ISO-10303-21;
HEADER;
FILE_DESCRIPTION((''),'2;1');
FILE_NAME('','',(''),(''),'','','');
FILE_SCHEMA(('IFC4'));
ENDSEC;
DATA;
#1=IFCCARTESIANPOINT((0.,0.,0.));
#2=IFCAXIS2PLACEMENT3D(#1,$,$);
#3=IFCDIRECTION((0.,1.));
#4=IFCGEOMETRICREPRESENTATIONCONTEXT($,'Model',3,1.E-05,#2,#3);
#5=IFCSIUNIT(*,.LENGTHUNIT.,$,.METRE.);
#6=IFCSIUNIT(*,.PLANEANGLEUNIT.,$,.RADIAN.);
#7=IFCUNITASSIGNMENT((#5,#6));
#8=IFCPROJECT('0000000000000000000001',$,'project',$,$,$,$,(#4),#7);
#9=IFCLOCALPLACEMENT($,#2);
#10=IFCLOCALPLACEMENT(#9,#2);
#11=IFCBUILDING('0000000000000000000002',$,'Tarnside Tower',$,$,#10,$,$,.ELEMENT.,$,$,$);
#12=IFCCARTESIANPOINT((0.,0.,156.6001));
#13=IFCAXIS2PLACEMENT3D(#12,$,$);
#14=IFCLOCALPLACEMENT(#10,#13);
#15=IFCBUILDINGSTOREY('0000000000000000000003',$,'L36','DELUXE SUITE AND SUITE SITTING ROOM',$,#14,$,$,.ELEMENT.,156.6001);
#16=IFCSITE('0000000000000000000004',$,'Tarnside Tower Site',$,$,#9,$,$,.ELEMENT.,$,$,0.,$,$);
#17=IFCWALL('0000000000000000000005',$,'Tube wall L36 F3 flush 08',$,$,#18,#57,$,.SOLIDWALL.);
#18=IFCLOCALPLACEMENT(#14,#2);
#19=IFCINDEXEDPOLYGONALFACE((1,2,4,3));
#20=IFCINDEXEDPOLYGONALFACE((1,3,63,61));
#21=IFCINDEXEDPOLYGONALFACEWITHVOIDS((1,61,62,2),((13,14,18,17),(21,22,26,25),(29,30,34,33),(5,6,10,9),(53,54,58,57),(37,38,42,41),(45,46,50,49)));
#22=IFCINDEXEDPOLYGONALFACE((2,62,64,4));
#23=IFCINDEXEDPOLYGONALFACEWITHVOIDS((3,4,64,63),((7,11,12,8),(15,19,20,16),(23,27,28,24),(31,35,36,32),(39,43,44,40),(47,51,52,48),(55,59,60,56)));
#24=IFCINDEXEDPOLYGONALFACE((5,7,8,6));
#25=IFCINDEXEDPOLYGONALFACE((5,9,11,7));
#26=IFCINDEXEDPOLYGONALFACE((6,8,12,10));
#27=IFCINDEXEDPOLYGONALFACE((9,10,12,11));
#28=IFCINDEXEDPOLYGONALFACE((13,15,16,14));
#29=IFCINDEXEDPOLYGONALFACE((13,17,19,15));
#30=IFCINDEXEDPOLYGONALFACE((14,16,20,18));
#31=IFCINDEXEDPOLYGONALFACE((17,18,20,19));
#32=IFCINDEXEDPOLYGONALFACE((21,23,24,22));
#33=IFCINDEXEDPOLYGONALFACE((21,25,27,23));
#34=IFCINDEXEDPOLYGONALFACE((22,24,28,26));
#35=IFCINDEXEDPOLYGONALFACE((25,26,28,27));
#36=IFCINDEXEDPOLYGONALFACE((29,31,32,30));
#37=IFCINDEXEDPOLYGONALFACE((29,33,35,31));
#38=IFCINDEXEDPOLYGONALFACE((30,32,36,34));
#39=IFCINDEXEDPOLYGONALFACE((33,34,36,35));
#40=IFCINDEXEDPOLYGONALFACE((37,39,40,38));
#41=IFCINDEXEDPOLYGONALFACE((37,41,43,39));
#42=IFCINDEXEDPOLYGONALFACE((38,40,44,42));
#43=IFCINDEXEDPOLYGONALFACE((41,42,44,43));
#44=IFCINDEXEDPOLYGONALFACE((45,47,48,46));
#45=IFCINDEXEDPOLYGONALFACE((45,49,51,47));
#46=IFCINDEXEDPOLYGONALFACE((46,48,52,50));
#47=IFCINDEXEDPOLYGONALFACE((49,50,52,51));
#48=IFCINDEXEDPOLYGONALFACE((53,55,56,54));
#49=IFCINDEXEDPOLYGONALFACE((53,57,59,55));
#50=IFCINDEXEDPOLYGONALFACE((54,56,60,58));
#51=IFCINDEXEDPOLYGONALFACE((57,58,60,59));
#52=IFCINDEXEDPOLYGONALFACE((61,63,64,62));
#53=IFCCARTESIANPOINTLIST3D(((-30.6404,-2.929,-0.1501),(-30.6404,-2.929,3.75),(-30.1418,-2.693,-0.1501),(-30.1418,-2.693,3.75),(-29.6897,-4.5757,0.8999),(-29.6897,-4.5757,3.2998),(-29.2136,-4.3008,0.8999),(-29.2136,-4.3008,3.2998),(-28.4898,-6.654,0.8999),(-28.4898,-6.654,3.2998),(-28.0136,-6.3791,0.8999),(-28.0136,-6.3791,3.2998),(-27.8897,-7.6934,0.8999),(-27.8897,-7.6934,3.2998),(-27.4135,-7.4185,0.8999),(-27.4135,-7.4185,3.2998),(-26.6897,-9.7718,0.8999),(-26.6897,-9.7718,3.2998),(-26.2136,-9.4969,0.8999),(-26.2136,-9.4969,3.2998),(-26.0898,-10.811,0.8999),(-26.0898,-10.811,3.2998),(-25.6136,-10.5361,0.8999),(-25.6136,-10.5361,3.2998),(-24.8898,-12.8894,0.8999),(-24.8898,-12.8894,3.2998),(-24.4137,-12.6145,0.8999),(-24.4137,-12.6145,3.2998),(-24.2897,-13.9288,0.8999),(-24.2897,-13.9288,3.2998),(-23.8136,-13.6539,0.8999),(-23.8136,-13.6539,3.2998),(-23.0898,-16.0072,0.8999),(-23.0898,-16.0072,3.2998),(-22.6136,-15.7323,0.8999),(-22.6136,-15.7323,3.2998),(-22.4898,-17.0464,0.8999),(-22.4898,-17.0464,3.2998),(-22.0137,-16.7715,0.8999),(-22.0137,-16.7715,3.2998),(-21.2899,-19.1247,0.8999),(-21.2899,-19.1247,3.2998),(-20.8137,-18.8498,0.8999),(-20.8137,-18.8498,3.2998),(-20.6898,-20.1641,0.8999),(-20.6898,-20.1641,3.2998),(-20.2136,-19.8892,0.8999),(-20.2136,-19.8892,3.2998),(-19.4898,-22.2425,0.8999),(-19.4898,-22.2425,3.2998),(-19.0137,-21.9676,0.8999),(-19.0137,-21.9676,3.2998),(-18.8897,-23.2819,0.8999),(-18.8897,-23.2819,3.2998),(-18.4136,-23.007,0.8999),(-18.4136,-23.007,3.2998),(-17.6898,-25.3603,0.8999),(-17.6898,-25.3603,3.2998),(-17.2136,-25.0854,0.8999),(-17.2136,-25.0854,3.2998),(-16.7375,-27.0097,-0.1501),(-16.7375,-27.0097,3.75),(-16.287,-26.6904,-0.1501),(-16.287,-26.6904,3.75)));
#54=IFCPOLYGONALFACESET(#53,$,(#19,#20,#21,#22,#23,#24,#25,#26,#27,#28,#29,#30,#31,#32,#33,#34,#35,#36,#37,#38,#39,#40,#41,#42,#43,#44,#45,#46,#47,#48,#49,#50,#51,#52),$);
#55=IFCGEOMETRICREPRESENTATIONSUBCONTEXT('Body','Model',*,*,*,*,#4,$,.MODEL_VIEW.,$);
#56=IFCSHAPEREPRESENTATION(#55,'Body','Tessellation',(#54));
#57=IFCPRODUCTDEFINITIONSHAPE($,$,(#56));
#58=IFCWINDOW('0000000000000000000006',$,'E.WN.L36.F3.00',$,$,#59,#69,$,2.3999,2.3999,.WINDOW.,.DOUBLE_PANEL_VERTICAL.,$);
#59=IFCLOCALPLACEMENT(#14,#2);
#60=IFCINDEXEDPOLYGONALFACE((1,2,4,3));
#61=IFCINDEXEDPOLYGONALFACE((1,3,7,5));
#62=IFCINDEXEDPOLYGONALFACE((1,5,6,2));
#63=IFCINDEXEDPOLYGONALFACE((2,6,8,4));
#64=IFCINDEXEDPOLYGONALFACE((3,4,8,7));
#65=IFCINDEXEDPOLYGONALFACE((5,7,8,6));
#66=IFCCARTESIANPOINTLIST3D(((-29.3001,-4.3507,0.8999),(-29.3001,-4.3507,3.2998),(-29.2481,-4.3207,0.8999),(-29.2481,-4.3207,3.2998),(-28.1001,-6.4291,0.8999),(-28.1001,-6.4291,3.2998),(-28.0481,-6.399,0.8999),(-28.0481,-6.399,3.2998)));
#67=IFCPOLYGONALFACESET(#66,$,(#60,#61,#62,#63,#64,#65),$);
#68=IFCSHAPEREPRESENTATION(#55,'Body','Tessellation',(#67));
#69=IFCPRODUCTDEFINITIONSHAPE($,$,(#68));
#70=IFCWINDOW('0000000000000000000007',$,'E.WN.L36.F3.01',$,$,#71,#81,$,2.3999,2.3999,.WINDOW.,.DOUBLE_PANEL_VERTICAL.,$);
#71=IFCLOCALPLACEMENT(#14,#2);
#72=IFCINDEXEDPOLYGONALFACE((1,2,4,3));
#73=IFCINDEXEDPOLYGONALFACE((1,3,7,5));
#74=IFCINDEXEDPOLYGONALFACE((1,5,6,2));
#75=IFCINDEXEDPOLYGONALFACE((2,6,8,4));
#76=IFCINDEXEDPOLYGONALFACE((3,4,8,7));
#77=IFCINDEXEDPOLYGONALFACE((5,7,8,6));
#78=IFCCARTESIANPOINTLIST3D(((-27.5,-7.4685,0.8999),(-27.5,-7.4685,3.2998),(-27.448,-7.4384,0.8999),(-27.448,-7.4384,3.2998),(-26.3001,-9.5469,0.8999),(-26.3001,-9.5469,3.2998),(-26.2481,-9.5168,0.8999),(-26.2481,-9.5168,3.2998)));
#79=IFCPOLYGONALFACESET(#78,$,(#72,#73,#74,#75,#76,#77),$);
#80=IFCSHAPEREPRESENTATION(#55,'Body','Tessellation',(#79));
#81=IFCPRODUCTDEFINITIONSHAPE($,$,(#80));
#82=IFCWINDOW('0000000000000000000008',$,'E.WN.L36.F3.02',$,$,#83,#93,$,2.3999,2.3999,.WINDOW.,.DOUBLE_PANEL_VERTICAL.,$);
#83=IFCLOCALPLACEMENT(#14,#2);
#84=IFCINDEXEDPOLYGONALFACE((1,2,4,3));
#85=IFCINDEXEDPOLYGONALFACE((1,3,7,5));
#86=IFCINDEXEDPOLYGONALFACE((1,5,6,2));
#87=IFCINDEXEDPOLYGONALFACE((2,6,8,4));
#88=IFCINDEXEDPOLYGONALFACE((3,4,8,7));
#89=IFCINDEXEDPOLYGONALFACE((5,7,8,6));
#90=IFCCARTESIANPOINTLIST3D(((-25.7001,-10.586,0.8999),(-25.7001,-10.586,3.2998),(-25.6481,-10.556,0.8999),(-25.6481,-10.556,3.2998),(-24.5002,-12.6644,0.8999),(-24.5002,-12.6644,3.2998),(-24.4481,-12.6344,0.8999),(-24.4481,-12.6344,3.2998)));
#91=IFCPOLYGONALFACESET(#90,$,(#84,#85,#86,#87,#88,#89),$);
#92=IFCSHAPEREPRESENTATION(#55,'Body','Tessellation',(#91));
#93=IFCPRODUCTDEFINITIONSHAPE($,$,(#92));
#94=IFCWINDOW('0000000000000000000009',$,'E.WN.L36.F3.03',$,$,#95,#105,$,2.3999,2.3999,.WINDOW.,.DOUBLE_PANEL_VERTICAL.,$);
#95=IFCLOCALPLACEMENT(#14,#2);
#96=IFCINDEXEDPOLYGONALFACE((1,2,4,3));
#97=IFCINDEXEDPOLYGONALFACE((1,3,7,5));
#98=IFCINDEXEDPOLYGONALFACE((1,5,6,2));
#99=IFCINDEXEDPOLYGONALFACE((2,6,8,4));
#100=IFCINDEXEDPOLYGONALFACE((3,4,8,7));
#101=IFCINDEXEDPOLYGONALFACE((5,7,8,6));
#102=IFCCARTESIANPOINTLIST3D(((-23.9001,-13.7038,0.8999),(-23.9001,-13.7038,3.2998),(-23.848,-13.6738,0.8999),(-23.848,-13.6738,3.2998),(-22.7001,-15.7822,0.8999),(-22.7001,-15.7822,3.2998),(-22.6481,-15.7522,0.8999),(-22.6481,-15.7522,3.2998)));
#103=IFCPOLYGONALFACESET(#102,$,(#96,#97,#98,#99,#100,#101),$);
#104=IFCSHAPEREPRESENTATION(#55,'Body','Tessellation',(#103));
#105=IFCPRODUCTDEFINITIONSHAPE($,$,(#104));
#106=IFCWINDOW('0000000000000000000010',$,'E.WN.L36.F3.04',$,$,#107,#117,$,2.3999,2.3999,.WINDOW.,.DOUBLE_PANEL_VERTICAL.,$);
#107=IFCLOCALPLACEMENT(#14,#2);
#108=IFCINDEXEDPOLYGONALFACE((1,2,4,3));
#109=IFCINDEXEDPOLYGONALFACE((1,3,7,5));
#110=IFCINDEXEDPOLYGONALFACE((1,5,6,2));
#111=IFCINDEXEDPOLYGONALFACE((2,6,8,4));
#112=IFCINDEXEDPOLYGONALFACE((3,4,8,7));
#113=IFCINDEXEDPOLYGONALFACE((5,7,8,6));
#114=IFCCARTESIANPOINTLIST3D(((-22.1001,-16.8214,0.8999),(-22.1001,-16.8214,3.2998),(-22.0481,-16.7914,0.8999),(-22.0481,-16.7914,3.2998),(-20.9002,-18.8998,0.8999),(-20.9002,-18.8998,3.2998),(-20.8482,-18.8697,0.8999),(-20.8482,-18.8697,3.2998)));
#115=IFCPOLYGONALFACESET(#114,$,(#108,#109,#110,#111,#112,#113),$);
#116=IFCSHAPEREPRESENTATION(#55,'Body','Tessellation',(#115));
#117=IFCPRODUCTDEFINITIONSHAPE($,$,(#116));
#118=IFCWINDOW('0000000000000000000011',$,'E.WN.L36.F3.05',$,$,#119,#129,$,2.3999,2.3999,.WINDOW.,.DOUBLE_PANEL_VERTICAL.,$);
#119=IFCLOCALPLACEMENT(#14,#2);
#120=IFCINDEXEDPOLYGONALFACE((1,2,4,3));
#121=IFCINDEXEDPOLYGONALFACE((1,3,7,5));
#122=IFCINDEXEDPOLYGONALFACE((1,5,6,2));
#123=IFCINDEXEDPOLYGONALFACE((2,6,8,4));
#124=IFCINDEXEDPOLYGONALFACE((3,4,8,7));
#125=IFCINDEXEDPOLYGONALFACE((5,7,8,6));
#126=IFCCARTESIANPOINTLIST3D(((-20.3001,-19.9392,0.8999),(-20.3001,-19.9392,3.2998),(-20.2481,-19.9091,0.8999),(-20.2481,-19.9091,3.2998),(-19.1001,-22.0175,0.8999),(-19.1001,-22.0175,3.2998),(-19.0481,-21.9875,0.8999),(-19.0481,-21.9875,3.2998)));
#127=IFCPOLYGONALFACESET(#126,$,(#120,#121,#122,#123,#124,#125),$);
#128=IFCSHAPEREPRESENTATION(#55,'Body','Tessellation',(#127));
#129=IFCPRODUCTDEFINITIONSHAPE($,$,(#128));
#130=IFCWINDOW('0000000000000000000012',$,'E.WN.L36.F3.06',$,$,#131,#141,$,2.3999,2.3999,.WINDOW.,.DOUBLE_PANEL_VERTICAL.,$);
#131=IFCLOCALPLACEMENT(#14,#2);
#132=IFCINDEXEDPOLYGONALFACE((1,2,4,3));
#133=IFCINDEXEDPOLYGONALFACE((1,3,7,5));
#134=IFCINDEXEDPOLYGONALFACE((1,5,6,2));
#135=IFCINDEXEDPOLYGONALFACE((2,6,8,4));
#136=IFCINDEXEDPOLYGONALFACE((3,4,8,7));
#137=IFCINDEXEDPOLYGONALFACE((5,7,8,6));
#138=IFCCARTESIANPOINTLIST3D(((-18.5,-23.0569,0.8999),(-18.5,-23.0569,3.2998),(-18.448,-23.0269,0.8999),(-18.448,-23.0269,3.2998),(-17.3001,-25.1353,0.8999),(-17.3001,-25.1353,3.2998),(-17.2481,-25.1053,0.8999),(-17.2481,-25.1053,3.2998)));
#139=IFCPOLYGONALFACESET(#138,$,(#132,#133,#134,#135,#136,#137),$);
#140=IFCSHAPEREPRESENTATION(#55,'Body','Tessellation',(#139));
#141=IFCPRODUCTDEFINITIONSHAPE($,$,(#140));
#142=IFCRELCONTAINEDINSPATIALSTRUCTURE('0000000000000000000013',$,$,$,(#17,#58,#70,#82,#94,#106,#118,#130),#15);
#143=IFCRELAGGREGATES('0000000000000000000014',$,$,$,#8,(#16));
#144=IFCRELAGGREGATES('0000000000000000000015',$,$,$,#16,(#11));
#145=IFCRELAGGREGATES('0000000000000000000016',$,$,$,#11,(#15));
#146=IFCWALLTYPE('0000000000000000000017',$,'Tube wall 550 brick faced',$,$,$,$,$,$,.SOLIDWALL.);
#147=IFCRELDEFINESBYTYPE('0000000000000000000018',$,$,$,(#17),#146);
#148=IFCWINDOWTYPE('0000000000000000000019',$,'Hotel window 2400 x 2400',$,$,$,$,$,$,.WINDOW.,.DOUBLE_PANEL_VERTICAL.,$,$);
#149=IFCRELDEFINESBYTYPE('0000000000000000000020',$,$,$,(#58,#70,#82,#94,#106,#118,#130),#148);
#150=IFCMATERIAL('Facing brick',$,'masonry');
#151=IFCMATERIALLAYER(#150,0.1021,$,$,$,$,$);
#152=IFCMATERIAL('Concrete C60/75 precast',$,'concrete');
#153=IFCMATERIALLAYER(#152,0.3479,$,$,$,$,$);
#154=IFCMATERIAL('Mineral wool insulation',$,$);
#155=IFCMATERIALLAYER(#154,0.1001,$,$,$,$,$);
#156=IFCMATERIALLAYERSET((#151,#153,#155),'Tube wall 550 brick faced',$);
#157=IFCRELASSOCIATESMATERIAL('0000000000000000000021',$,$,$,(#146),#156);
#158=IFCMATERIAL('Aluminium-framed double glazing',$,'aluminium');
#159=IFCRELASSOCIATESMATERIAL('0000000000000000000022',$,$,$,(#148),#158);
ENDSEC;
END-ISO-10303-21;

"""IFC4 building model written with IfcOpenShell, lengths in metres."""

from ifc_helpers import new_model, si_unit, direction, frame, frame_2d, origin, place, context, subcontext, project, spatial, polyline, rectangle, outline, extrude, material, layer, layer_set, type_object, element, fill, save


model = new_model("IFC4")

# Units and contexts
model_context = context("Model", 3, precision=1e-05, world=origin(), true_north=direction((0.0, 1.0)))
body_context = subcontext(model_context, "Body", "Model", "MODEL_VIEW")
ifc_project = project(units=[si_unit("LENGTHUNIT", "METRE"), si_unit("PLANEANGLEUNIT", "RADIAN")], contexts=[model_context])

# Site, building, storey
site_placement = place(None, origin())
site = spatial("IfcSite", under=ifc_project, at=site_placement, Name="Tarnside Tower Site", CompositionType="ELEMENT", RefElevation=0.0)
building_placement = place(site_placement, origin())
building = spatial("IfcBuilding", under=site, at=building_placement, Name="Tarnside Tower", CompositionType="ELEMENT")
storey_placement = place(building_placement, frame((0.0, 0.0, 156.6001)))
storey = spatial("IfcBuildingStorey", under=building, at=storey_placement, Name="L36", Description="DELUXE SUITE AND SUITE SITTING ROOM", CompositionType="ELEMENT", Elevation=156.6001)

# Shared definitions
ifc_material_1 = material(Name="Facing brick", Category="masonry")
ifc_layer_1 = layer(ifc_material_1, 0.1021)
ifc_material_2 = material(Name="Concrete C60/75 precast", Category="concrete")
ifc_layer_2 = layer(ifc_material_2, 0.3479)
ifc_material_3 = material(Name="Mineral wool insulation")
ifc_layer_3 = layer(ifc_material_3, 0.1001)
ifc_layer_set_1 = layer_set([ifc_layer_1, ifc_layer_2, ifc_layer_3], Name="Tube wall 550 brick faced")
wall_type_1 = type_object("IfcWallType", Name="Tube wall 550 brick faced", PredefinedType="SOLIDWALL", material=ifc_layer_set_1)

# Wall, openings, windows
wall_1_placement = place(storey_placement, frame((-30.3911, -2.811, -0.1501), z_axis=(0.0, 0.0, 1.0), x_axis=(0.499999, -0.866026, 0.0)))
wall_1 = element("IfcWall", 1, at=wall_1_placement, inside=storey, type_object=wall_type_1, Name="Tube wall L36 F3 flush 08", PredefinedType="SOLIDWALL", context=body_context, shape_type="SweptSolid", body=[
    extrude(outline(polyline([(-0.0225, -0.2749), (27.7834, -0.2749), (27.7322, 0.2749), (0.0225, 0.2749), (-0.0225, -0.2749)])), origin(), (0.0, 0.0, 1.0), 3.9001),
])
opening_1_placement = place(wall_1_placement, frame((1.8789, 0.0, 1.05)))
opening_1 = element("IfcOpeningElement", 2, at=opening_1_placement, cuts=wall_1, PredefinedType="OPENING", context=body_context, shape_type="SweptSolid", body=[
    extrude(rectangle(XDim=2.3999, YDim=2.3999, at=frame_2d((1.2, 1.2))), frame((0.0, 0.2852, 0.0), z_axis=(0.0, -1.0, 0.0), x_axis=(1.0, 0.0, 0.0)), (0.0, 0.0, 1.0), 0.5701),
])
opening_2_placement = place(wall_1_placement, frame((5.479, 0.0, 1.05)))
opening_2 = element("IfcOpeningElement", 3, at=opening_2_placement, cuts=wall_1, PredefinedType="OPENING", context=body_context, shape_type="SweptSolid", body=[
    extrude(rectangle(XDim=2.3999, YDim=2.3999, at=frame_2d((1.2, 1.2))), frame((0.0, 0.2852, 0.0), z_axis=(0.0, -1.0, 0.0), x_axis=(1.0, 0.0, 0.0)), (0.0, 0.0, 1.0), 0.5701),
])
opening_3_placement = place(wall_1_placement, frame((9.0789, 0.0, 1.05)))
opening_3 = element("IfcOpeningElement", 4, at=opening_3_placement, cuts=wall_1, PredefinedType="OPENING", context=body_context, shape_type="SweptSolid", body=[
    extrude(rectangle(XDim=2.3999, YDim=2.3999, at=frame_2d((1.2, 1.2))), frame((0.0, 0.2852, 0.0), z_axis=(0.0, -1.0, 0.0), x_axis=(1.0, 0.0, 0.0)), (0.0, 0.0, 1.0), 0.5701),
])
opening_4_placement = place(wall_1_placement, frame((12.679, 0.0, 1.05)))
opening_4 = element("IfcOpeningElement", 5, at=opening_4_placement, cuts=wall_1, PredefinedType="OPENING", context=body_context, shape_type="SweptSolid", body=[
    extrude(rectangle(XDim=2.3999, YDim=2.3999, at=frame_2d((1.2, 1.2))), frame((0.0, 0.2852, 0.0), z_axis=(0.0, -1.0, 0.0), x_axis=(1.0, 0.0, 0.0)), (0.0, 0.0, 1.0), 0.5701),
])
opening_5_placement = place(wall_1_placement, frame((16.2788, 0.0, 1.05)))
opening_5 = element("IfcOpeningElement", 6, at=opening_5_placement, cuts=wall_1, PredefinedType="OPENING", context=body_context, shape_type="SweptSolid", body=[
    extrude(rectangle(XDim=2.3999, YDim=2.3999, at=frame_2d((1.2, 1.2))), frame((0.0, 0.2852, 0.0), z_axis=(0.0, -1.0, 0.0), x_axis=(1.0, 0.0, 0.0)), (0.0, 0.0, 1.0), 0.5701),
])
opening_6_placement = place(wall_1_placement, frame((19.8789, 0.0, 1.05)))
opening_6 = element("IfcOpeningElement", 7, at=opening_6_placement, cuts=wall_1, PredefinedType="OPENING", context=body_context, shape_type="SweptSolid", body=[
    extrude(rectangle(XDim=2.3999, YDim=2.3999, at=frame_2d((1.2, 1.2))), frame((0.0, 0.2852, 0.0), z_axis=(0.0, -1.0, 0.0), x_axis=(1.0, 0.0, 0.0)), (0.0, 0.0, 1.0), 0.5701),
])
opening_7_placement = place(wall_1_placement, frame((23.479, 0.0, 1.05)))
opening_7 = element("IfcOpeningElement", 8, at=opening_7_placement, cuts=wall_1, PredefinedType="OPENING", context=body_context, shape_type="SweptSolid", body=[
    extrude(rectangle(XDim=2.3999, YDim=2.3999, at=frame_2d((1.2, 1.2))), frame((0.0, 0.2852, 0.0), z_axis=(0.0, -1.0, 0.0), x_axis=(1.0, 0.0, 0.0)), (0.0, 0.0, 1.0), 0.5701),
])
ifc_material_4 = material(Name="Aluminium-framed double glazing", Category="aluminium")
window_type = type_object("IfcWindowType", Name="Hotel window 2400 x 2400", PartitioningType="DOUBLE_PANEL_VERTICAL", PredefinedType="WINDOW", material=ifc_material_4)
window_1_placement = place(opening_1_placement, frame((0.0, 0.2051, 0.0)))
window_1 = element("IfcWindow", 9, at=window_1_placement, inside=storey, type_object=window_type, Name="E.WN.L36.F3.00", OverallHeight=2.3999, OverallWidth=2.3999, PartitioningType="DOUBLE_PANEL_VERTICAL", PredefinedType="WINDOW", context=body_context, shape_type="SweptSolid", body=[
    extrude(rectangle(XDim=2.3999, YDim=2.3999, at=frame_2d((1.2, 1.2))), frame((0.0, 0.03, 0.0), z_axis=(0.0, -1.0, 0.0), x_axis=(1.0, 0.0, 0.0)), (0.0, 0.0, 1.0), 0.0601),
])
fill(opening_1, window_1)
window_2_placement = place(opening_2_placement, frame((0.0, 0.2051, 0.0)))
window_2 = element("IfcWindow", 10, at=window_2_placement, inside=storey, type_object=window_type, Name="E.WN.L36.F3.01", OverallHeight=2.3999, OverallWidth=2.3999, PartitioningType="DOUBLE_PANEL_VERTICAL", PredefinedType="WINDOW", context=body_context, shape_type="SweptSolid", body=[
    extrude(rectangle(XDim=2.3999, YDim=2.3999, at=frame_2d((1.2, 1.2))), frame((0.0, 0.03, 0.0), z_axis=(0.0, -1.0, 0.0), x_axis=(1.0, 0.0, 0.0)), (0.0, 0.0, 1.0), 0.0601),
])
fill(opening_2, window_2)
window_3_placement = place(opening_3_placement, frame((0.0, 0.2051, 0.0)))
window_3 = element("IfcWindow", 11, at=window_3_placement, inside=storey, type_object=window_type, Name="E.WN.L36.F3.02", OverallHeight=2.3999, OverallWidth=2.3999, PartitioningType="DOUBLE_PANEL_VERTICAL", PredefinedType="WINDOW", context=body_context, shape_type="SweptSolid", body=[
    extrude(rectangle(XDim=2.3999, YDim=2.3999, at=frame_2d((1.2, 1.2))), frame((0.0, 0.03, 0.0), z_axis=(0.0, -1.0, 0.0), x_axis=(1.0, 0.0, 0.0)), (0.0, 0.0, 1.0), 0.0601),
])
fill(opening_3, window_3)
window_4_placement = place(opening_4_placement, frame((0.0, 0.2051, 0.0)))
window_4 = element("IfcWindow", 12, at=window_4_placement, inside=storey, type_object=window_type, Name="E.WN.L36.F3.03", OverallHeight=2.3999, OverallWidth=2.3999, PartitioningType="DOUBLE_PANEL_VERTICAL", PredefinedType="WINDOW", context=body_context, shape_type="SweptSolid", body=[
    extrude(rectangle(XDim=2.3999, YDim=2.3999, at=frame_2d((1.2, 1.2))), frame((0.0, 0.03, 0.0), z_axis=(0.0, -1.0, 0.0), x_axis=(1.0, 0.0, 0.0)), (0.0, 0.0, 1.0), 0.0601),
])
fill(opening_4, window_4)
window_5_placement = place(opening_5_placement, frame((0.0, 0.2051, 0.0)))
window_5 = element("IfcWindow", 13, at=window_5_placement, inside=storey, type_object=window_type, Name="E.WN.L36.F3.04", OverallHeight=2.3999, OverallWidth=2.3999, PartitioningType="DOUBLE_PANEL_VERTICAL", PredefinedType="WINDOW", context=body_context, shape_type="SweptSolid", body=[
    extrude(rectangle(XDim=2.3999, YDim=2.3999, at=frame_2d((1.2, 1.2))), frame((0.0, 0.03, 0.0), z_axis=(0.0, -1.0, 0.0), x_axis=(1.0, 0.0, 0.0)), (0.0, 0.0, 1.0), 0.0601),
])
fill(opening_5, window_5)
window_6_placement = place(opening_6_placement, frame((0.0, 0.2051, 0.0)))
window_6 = element("IfcWindow", 14, at=window_6_placement, inside=storey, type_object=window_type, Name="E.WN.L36.F3.05", OverallHeight=2.3999, OverallWidth=2.3999, PartitioningType="DOUBLE_PANEL_VERTICAL", PredefinedType="WINDOW", context=body_context, shape_type="SweptSolid", body=[
    extrude(rectangle(XDim=2.3999, YDim=2.3999, at=frame_2d((1.2, 1.2))), frame((0.0, 0.03, 0.0), z_axis=(0.0, -1.0, 0.0), x_axis=(1.0, 0.0, 0.0)), (0.0, 0.0, 1.0), 0.0601),
])
fill(opening_6, window_6)
window_7_placement = place(opening_7_placement, frame((0.0, 0.2051, 0.0)))
window_7 = element("IfcWindow", 15, at=window_7_placement, inside=storey, type_object=window_type, Name="E.WN.L36.F3.06", OverallHeight=2.3999, OverallWidth=2.3999, PartitioningType="DOUBLE_PANEL_VERTICAL", PredefinedType="WINDOW", context=body_context, shape_type="SweptSolid", body=[
    extrude(rectangle(XDim=2.3999, YDim=2.3999, at=frame_2d((1.2, 1.2))), frame((0.0, 0.03, 0.0), z_axis=(0.0, -1.0, 0.0), x_axis=(1.0, 0.0, 0.0)), (0.0, 0.0, 1.0), 0.0601),
])
fill(opening_7, window_7)

save(model, "model.ifc")
